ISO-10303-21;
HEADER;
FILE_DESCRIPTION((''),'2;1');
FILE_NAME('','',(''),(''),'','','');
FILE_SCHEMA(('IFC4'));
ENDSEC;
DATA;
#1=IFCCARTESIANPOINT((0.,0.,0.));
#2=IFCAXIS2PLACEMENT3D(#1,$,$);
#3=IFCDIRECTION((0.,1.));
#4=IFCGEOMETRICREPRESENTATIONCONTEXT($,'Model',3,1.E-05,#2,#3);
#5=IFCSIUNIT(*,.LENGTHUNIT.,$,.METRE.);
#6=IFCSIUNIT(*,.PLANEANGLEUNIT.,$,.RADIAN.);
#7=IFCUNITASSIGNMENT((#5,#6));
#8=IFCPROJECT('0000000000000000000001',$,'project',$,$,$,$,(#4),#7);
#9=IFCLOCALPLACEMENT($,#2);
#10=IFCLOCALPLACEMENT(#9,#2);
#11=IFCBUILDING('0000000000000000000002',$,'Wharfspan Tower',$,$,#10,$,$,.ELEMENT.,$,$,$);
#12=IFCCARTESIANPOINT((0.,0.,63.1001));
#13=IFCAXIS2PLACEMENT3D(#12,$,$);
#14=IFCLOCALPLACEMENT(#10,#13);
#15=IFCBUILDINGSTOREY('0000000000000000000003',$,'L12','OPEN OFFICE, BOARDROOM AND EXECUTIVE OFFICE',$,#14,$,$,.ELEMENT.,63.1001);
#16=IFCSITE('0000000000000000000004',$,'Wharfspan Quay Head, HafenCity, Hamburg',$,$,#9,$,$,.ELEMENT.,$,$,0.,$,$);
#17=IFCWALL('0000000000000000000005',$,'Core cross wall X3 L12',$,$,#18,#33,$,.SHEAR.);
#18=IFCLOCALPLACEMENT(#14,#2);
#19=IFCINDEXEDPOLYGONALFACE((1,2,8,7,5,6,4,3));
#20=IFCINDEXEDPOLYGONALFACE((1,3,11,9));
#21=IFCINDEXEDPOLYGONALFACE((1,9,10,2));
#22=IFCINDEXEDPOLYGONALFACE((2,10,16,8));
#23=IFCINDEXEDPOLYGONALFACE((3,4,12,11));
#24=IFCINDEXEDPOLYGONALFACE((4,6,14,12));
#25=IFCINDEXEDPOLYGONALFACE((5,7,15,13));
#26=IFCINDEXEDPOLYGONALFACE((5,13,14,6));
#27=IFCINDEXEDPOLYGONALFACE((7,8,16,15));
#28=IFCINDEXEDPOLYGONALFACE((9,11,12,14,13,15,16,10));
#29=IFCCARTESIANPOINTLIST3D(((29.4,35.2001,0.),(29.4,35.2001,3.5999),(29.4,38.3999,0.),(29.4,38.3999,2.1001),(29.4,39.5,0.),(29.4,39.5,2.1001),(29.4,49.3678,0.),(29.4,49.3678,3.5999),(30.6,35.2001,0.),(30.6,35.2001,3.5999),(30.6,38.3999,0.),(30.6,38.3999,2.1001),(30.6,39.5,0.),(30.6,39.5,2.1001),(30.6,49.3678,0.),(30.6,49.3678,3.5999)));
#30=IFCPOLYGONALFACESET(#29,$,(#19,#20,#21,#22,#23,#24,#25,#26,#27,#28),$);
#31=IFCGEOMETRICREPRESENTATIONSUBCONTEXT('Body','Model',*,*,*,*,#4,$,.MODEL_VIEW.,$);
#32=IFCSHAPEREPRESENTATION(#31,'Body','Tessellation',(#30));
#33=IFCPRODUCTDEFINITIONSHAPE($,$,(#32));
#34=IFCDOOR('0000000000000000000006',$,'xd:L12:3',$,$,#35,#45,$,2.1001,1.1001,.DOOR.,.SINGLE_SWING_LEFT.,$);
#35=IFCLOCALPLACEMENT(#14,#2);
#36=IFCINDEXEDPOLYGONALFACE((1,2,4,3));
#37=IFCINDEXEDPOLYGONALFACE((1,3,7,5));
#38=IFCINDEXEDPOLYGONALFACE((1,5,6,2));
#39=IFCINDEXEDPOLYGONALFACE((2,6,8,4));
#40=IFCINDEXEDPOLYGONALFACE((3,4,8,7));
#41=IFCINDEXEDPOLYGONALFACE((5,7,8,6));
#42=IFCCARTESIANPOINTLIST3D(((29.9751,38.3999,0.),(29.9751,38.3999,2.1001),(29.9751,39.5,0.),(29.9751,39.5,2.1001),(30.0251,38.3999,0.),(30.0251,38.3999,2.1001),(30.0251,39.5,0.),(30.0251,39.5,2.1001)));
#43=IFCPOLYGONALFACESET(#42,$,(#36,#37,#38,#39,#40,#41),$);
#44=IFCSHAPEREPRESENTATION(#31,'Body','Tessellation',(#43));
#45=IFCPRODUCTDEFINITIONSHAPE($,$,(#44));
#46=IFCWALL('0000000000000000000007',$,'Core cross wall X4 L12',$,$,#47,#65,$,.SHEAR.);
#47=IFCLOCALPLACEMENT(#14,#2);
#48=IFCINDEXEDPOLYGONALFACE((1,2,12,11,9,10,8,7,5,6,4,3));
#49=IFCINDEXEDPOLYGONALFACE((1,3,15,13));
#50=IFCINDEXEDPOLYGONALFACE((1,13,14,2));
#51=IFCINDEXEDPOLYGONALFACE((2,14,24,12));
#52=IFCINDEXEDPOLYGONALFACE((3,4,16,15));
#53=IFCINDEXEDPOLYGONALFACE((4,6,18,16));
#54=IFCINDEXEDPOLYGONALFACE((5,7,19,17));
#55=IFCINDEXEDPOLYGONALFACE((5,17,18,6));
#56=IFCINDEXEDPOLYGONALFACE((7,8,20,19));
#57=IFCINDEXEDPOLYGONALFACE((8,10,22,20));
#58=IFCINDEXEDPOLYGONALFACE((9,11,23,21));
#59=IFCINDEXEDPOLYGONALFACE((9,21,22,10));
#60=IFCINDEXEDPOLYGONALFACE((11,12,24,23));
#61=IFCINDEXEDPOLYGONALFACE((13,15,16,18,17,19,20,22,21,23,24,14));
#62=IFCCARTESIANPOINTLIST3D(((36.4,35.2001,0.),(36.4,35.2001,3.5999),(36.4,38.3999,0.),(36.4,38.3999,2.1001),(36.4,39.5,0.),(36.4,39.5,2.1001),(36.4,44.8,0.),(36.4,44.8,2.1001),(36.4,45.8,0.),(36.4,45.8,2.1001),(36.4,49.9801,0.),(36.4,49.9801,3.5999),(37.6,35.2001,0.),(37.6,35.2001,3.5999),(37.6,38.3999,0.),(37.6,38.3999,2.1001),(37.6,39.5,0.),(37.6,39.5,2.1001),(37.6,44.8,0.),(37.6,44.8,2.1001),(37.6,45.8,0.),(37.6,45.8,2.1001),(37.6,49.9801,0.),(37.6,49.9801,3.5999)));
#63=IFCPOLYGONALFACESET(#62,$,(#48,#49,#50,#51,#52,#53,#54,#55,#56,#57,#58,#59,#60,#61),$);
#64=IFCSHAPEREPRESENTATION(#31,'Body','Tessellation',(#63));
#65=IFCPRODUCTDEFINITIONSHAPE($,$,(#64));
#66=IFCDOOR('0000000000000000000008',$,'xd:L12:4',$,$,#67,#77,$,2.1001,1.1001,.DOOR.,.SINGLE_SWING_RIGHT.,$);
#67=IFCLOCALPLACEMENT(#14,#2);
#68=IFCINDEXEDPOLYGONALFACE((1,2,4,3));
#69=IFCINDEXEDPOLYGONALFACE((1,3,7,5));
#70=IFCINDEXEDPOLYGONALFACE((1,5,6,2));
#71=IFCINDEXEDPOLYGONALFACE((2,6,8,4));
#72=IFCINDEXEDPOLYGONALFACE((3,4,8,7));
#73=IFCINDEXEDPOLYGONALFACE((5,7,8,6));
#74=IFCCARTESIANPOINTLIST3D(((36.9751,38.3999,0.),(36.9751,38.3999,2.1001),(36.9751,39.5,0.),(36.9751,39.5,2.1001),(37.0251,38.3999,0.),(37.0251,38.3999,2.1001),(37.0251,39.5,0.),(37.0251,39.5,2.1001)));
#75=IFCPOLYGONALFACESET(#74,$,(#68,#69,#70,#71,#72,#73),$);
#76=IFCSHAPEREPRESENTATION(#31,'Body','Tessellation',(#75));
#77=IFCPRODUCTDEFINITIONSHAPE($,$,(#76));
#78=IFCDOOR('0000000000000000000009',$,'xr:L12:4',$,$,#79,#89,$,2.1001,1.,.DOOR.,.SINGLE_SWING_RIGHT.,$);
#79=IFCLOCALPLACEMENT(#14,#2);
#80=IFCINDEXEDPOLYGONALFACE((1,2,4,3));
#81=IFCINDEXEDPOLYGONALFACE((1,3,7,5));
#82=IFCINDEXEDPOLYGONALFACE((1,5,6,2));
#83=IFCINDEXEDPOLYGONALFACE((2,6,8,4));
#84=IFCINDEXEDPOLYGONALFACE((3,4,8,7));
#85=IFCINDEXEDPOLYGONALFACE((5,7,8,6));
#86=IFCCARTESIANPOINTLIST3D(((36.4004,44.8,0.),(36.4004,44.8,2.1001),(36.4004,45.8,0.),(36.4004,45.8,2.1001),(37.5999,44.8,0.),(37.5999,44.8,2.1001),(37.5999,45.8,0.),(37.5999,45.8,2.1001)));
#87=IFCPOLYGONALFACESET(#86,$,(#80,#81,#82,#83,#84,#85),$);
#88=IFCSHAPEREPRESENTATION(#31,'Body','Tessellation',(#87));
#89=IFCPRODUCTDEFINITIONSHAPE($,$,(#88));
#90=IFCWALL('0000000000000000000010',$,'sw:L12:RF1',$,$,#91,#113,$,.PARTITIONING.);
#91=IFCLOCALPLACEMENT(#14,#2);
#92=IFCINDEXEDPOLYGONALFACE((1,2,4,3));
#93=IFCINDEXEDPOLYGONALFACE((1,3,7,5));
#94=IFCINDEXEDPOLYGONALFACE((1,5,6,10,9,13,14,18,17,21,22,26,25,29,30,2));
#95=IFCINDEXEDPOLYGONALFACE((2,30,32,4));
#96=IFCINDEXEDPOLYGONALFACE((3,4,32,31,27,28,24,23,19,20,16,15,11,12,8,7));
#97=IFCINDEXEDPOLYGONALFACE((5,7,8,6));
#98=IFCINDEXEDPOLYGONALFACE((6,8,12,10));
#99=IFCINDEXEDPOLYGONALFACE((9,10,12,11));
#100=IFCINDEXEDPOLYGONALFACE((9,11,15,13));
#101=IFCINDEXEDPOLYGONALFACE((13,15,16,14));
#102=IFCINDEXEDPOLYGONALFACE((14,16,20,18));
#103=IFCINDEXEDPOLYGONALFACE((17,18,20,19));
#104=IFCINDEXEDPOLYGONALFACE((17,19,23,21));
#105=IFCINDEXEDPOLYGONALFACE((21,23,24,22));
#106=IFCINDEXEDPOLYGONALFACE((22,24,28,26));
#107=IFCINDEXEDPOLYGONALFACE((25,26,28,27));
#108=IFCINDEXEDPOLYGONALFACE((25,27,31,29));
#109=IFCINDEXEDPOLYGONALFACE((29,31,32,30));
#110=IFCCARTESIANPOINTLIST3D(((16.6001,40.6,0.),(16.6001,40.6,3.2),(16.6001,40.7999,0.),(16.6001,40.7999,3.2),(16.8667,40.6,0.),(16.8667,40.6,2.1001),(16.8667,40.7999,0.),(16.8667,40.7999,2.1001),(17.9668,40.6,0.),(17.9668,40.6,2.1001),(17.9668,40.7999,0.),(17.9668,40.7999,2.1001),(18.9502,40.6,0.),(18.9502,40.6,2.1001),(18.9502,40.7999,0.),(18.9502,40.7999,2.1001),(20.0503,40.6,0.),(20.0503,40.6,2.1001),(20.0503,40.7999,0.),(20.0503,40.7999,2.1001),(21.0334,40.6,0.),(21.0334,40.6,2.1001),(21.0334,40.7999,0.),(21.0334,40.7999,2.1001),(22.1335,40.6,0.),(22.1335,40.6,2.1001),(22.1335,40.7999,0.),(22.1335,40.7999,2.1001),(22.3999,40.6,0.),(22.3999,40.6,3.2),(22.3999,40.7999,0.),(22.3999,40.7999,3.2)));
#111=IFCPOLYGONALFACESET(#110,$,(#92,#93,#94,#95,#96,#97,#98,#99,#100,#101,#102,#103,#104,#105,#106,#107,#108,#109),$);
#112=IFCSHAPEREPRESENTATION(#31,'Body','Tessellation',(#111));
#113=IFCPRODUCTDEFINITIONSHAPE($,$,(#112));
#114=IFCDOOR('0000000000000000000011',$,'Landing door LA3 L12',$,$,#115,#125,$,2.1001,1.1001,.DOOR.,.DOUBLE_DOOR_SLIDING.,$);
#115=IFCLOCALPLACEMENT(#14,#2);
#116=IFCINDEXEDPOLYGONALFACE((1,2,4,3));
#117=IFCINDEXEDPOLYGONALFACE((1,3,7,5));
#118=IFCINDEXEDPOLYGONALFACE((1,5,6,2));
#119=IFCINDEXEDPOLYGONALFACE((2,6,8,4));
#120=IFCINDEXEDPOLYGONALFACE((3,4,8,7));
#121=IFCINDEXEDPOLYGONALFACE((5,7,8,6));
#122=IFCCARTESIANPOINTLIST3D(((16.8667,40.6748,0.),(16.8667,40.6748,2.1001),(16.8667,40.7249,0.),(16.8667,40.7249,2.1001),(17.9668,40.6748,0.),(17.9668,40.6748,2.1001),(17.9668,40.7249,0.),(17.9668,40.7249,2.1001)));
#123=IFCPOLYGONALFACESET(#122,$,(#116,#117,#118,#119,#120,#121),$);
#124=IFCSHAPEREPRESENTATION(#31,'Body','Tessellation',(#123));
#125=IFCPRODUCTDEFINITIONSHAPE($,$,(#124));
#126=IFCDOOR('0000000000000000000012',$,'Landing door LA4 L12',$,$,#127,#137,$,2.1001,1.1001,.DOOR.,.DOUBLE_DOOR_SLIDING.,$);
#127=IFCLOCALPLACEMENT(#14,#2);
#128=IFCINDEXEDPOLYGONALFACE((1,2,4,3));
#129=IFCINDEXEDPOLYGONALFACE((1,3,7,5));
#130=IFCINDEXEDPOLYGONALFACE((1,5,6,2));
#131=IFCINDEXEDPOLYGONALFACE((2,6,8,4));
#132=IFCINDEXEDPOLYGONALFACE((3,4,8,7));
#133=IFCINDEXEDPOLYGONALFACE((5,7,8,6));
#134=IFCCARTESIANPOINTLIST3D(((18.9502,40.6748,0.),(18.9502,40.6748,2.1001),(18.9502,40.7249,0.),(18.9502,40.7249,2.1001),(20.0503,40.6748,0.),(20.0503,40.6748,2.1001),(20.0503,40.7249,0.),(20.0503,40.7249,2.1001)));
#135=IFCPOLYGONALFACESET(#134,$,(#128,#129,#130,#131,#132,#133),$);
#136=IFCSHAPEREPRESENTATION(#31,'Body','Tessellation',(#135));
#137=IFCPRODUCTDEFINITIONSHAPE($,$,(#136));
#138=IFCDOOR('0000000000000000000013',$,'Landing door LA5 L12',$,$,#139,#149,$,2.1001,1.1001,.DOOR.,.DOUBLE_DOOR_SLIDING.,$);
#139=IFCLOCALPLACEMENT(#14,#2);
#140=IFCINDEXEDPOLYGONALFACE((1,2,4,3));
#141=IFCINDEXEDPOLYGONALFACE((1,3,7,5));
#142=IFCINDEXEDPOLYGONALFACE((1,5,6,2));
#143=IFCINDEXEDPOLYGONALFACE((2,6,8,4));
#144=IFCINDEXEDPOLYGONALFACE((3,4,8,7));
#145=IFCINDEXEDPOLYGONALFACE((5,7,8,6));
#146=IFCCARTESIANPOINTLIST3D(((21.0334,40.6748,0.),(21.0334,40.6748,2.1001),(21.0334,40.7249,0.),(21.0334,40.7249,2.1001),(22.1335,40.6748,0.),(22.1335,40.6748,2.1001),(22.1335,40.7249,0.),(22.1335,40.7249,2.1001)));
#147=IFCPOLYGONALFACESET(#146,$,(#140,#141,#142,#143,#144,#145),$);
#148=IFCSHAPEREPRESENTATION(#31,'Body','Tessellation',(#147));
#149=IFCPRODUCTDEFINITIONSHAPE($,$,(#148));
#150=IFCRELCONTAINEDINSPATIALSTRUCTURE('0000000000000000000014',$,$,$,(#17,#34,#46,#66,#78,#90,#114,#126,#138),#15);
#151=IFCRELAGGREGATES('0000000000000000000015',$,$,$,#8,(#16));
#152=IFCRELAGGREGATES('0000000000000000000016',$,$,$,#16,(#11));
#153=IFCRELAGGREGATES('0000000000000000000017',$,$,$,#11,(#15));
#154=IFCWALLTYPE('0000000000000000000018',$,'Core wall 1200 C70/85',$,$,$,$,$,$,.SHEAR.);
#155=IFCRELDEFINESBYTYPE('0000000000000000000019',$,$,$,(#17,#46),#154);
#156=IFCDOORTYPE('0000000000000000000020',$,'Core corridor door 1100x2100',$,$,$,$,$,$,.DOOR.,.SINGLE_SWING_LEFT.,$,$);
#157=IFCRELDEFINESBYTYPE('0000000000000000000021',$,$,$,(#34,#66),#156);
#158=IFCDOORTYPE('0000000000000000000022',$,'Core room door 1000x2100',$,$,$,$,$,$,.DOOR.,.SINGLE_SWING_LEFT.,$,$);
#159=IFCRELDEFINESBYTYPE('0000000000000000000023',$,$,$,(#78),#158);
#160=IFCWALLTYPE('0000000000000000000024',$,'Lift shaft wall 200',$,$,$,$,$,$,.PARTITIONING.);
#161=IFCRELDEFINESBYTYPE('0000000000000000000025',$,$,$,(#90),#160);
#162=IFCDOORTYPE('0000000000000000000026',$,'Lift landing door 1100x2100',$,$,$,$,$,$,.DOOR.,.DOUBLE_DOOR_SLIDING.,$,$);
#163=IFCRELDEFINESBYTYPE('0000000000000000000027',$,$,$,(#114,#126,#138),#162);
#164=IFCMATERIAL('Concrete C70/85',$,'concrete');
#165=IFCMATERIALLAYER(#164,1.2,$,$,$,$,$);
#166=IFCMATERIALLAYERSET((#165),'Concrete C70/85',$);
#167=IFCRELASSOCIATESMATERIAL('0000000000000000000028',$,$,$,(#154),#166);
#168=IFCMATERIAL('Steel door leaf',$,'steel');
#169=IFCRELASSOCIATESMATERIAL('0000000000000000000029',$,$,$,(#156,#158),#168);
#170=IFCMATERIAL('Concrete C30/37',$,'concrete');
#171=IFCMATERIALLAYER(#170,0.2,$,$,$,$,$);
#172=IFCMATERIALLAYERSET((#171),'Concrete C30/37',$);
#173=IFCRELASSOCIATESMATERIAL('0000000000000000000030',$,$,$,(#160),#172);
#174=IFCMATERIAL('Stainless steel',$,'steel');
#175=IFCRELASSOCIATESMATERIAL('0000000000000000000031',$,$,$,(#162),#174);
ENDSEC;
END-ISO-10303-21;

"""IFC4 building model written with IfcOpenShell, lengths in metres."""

from ifc_helpers import new_model, si_unit, direction, frame, frame_2d, origin, place, context, subcontext, project, spatial, rectangle, extrude, material, layer, layer_set, type_object, element, fill, save


model = new_model("IFC4")

# Units and contexts
model_context = context("Model", 3, precision=1e-05, world=origin(), true_north=direction((0.0, 1.0)))
body_context = subcontext(model_context, "Body", "Model", "MODEL_VIEW")
ifc_project = project(units=[si_unit("LENGTHUNIT", "METRE"), si_unit("PLANEANGLEUNIT", "RADIAN")], contexts=[model_context])

# Site, building, storey
site_placement = place(None, origin())
site = spatial("IfcSite", under=ifc_project, at=site_placement, Name="Wharfspan Quay Head, HafenCity, Hamburg", CompositionType="ELEMENT", RefElevation=0.0)
building_placement = place(site_placement, origin())
building = spatial("IfcBuilding", under=site, at=building_placement, Name="Wharfspan Tower", CompositionType="ELEMENT")
storey_placement = place(building_placement, frame((0.0, 0.0, 63.1001)))
storey = spatial("IfcBuildingStorey", under=building, at=storey_placement, Name="L12", Description="OPEN OFFICE, BOARDROOM AND EXECUTIVE OFFICE", CompositionType="ELEMENT", Elevation=63.1001)

# Shared definitions
ifc_material_1 = material(Name="Concrete C70/85", Category="concrete")
ifc_layer_1 = layer(ifc_material_1, 1.2)
ifc_layer_set_1 = layer_set([ifc_layer_1], Name="Concrete C70/85")
wall_type_1 = type_object("IfcWallType", Name="Core wall 1200 C70/85", PredefinedType="SHEAR", material=ifc_layer_set_1)
ifc_material_2 = material(Name="Steel door leaf", Category="steel")
door_type_1 = type_object("IfcDoorType", Name="Core corridor door 1100x2100", OperationType="SINGLE_SWING_LEFT", PredefinedType="DOOR", material=ifc_material_2)
door_type_2 = type_object("IfcDoorType", Name="Core room door 1000x2100", OperationType="SINGLE_SWING_LEFT", PredefinedType="DOOR", material=ifc_material_2)

# Wall, opening, door
wall_1_placement = place(storey_placement, frame((30.0, 35.2, 0.0), z_axis=(0.0, 0.0, 1.0), x_axis=(0.0, 1.0, 0.0)))
wall_1 = element("IfcWall", 1, at=wall_1_placement, inside=storey, type_object=wall_type_1, Name="Core cross wall X3 L12", PredefinedType="SHEAR", context=body_context, shape_type="SweptSolid", body=[
    extrude(rectangle(XDim=14.1677, YDim=1.2, at=frame_2d((7.084, 0.0))), origin(), (0.0, 0.0, 1.0), 3.5999),
])
opening_1_placement = place(wall_1_placement, frame((3.2, 0.0, 0.0)))
opening_1 = element("IfcOpeningElement", 2, at=opening_1_placement, cuts=wall_1, PredefinedType="OPENING", context=body_context, shape_type="SweptSolid", body=[
    extrude(rectangle(XDim=1.1001, YDim=2.1001, at=frame_2d((0.55, 1.05))), frame((0.0, 0.6099, 0.0), z_axis=(0.0, -1.0, 0.0), x_axis=(1.0, 0.0, 0.0)), (0.0, 0.0, 1.0), 1.22),
])
door_1_placement = place(opening_1_placement, origin())
door_1 = element("IfcDoor", 3, at=door_1_placement, inside=storey, type_object=door_type_1, Name="xd:L12:3", OperationType="SINGLE_SWING_LEFT", OverallHeight=2.1001, OverallWidth=1.1001, PredefinedType="DOOR", context=body_context, shape_type="SweptSolid", body=[
    extrude(rectangle(XDim=1.1001, YDim=2.1001, at=frame_2d((0.55, 1.05))), frame((0.0, 0.0249, 0.0), z_axis=(0.0, -1.0, 0.0), x_axis=(1.0, 0.0, 0.0)), (0.0, 0.0, 1.0), 0.05),
])
fill(opening_1, door_1)

# Walls, openings, doors
wall_2_placement = place(storey_placement, frame((37.0, 35.2, 0.0), z_axis=(0.0, 0.0, 1.0), x_axis=(0.0, 1.0, 0.0)))
wall_2 = element("IfcWall", 4, at=wall_2_placement, inside=storey, type_object=wall_type_1, Name="Core cross wall X4 L12", PredefinedType="SHEAR", context=body_context, shape_type="SweptSolid", body=[
    extrude(rectangle(XDim=14.78, YDim=1.2, at=frame_2d((7.3901, 0.0))), origin(), (0.0, 0.0, 1.0), 3.5999),
])
opening_2_placement = place(wall_2_placement, frame((3.2, 0.0, 0.0)))
opening_2 = element("IfcOpeningElement", 5, at=opening_2_placement, cuts=wall_2, PredefinedType="OPENING", context=body_context, shape_type="SweptSolid", body=[
    extrude(rectangle(XDim=1.1001, YDim=2.1001, at=frame_2d((0.55, 1.05))), frame((0.0, 0.6099, 0.0), z_axis=(0.0, -1.0, 0.0), x_axis=(1.0, 0.0, 0.0)), (0.0, 0.0, 1.0), 1.22),
])
opening_3_placement = place(wall_2_placement, frame((9.6001, 0.0, 0.0)))
opening_3 = element("IfcOpeningElement", 6, at=opening_3_placement, cuts=wall_2, PredefinedType="OPENING", context=body_context, shape_type="SweptSolid", body=[
    extrude(rectangle(XDim=1.0, YDim=2.1001, at=frame_2d((0.5, 1.05))), frame((0.0, 0.6099, 0.0), z_axis=(0.0, -1.0, 0.0), x_axis=(1.0, 0.0, 0.0)), (0.0, 0.0, 1.0), 1.22),
])
door_2_placement = place(opening_2_placement, origin())
door_2 = element("IfcDoor", 7, at=door_2_placement, inside=storey, type_object=door_type_1, Name="xd:L12:4", OperationType="SINGLE_SWING_RIGHT", OverallHeight=2.1001, OverallWidth=1.1001, PredefinedType="DOOR", context=body_context, shape_type="SweptSolid", body=[
    extrude(rectangle(XDim=1.1001, YDim=2.1001, at=frame_2d((0.55, 1.05))), frame((0.0, 0.0249, 0.0), z_axis=(0.0, -1.0, 0.0), x_axis=(1.0, 0.0, 0.0)), (0.0, 0.0, 1.0), 0.05),
])
fill(opening_2, door_2)
door_3_placement = place(opening_3_placement, origin())
door_3 = element("IfcDoor", 8, at=door_3_placement, inside=storey, type_object=door_type_2, Name="xr:L12:4", OperationType="SINGLE_SWING_RIGHT", OverallHeight=2.1001, OverallWidth=1.0, PredefinedType="DOOR", context=body_context, shape_type="SweptSolid", body=[
    extrude(rectangle(XDim=1.0, YDim=2.1001, at=frame_2d((0.5, 1.05))), frame((0.0, 0.5996, 0.0), z_axis=(0.0, -1.0, 0.0), x_axis=(1.0, 0.0, 0.0)), (0.0, 0.0, 1.0), 1.1995),
])
fill(opening_3, door_3)
ifc_material_3 = material(Name="Concrete C30/37", Category="concrete")
ifc_layer_2 = layer(ifc_material_3, 0.2)
ifc_layer_set_2 = layer_set([ifc_layer_2], Name="Concrete C30/37")
wall_type_2 = type_object("IfcWallType", Name="Lift shaft wall 200", PredefinedType="PARTITIONING", material=ifc_layer_set_2)
wall_3_placement = place(storey_placement, frame((16.6001, 40.7, 0.0), z_axis=(0.0, 0.0, 1.0), x_axis=(1.0, 0.0, 0.0)))
wall_3 = element("IfcWall", 9, at=wall_3_placement, inside=storey, type_object=wall_type_2, Name="sw:L12:RF1", PredefinedType="PARTITIONING", context=body_context, shape_type="SweptSolid", body=[
    extrude(rectangle(XDim=5.7998, YDim=0.2, at=frame_2d((2.8999, 0.0))), origin(), (0.0, 0.0, 1.0), 3.2),
])
opening_4_placement = place(wall_3_placement, frame((0.2666, 0.0, 0.0)))
opening_4 = element("IfcOpeningElement", 10, at=opening_4_placement, cuts=wall_3, PredefinedType="OPENING", context=body_context, shape_type="SweptSolid", body=[
    extrude(rectangle(XDim=1.1001, YDim=2.1001, at=frame_2d((0.55, 1.05))), frame((0.0, 0.1099, 0.0), z_axis=(0.0, -1.0, 0.0), x_axis=(1.0, 0.0, 0.0)), (0.0, 0.0, 1.0), 0.22),
])
opening_5_placement = place(wall_3_placement, frame((2.3501, 0.0, 0.0)))
opening_5 = element("IfcOpeningElement", 11, at=opening_5_placement, cuts=wall_3, PredefinedType="OPENING", context=body_context, shape_type="SweptSolid", body=[
    extrude(rectangle(XDim=1.1001, YDim=2.1001, at=frame_2d((0.55, 1.05))), frame((0.0, 0.1099, 0.0), z_axis=(0.0, -1.0, 0.0), x_axis=(1.0, 0.0, 0.0)), (0.0, 0.0, 1.0), 0.22),
])
opening_6_placement = place(wall_3_placement, frame((4.4333, 0.0, 0.0)))
opening_6 = element("IfcOpeningElement", 12, at=opening_6_placement, cuts=wall_3, PredefinedType="OPENING", context=body_context, shape_type="SweptSolid", body=[
    extrude(rectangle(XDim=1.1001, YDim=2.1001, at=frame_2d((0.55, 1.05))), frame((0.0, 0.1099, 0.0), z_axis=(0.0, -1.0, 0.0), x_axis=(1.0, 0.0, 0.0)), (0.0, 0.0, 1.0), 0.22),
])
ifc_material_4 = material(Name="Stainless steel", Category="steel")
door_type_3 = type_object("IfcDoorType", Name="Lift landing door 1100x2100", OperationType="DOUBLE_DOOR_SLIDING", PredefinedType="DOOR", material=ifc_material_4)
door_4_placement = place(opening_4_placement, origin())
door_4 = element("IfcDoor", 13, at=door_4_placement, inside=storey, type_object=door_type_3, Name="Landing door LA3 L12", OperationType="DOUBLE_DOOR_SLIDING", OverallHeight=2.1001, OverallWidth=1.1001, PredefinedType="DOOR", context=body_context, shape_type="SweptSolid", body=[
    extrude(rectangle(XDim=1.1001, YDim=2.1001, at=frame_2d((0.55, 1.05))), frame((0.0, 0.0249, 0.0), z_axis=(0.0, -1.0, 0.0), x_axis=(1.0, 0.0, 0.0)), (0.0, 0.0, 1.0), 0.05),
])
fill(opening_4, door_4)
door_5_placement = place(opening_5_placement, origin())
door_5 = element("IfcDoor", 14, at=door_5_placement, inside=storey, type_object=door_type_3, Name="Landing door LA4 L12", OperationType="DOUBLE_DOOR_SLIDING", OverallHeight=2.1001, OverallWidth=1.1001, PredefinedType="DOOR", context=body_context, shape_type="SweptSolid", body=[
    extrude(rectangle(XDim=1.1001, YDim=2.1001, at=frame_2d((0.55, 1.05))), frame((0.0, 0.0249, 0.0), z_axis=(0.0, -1.0, 0.0), x_axis=(1.0, 0.0, 0.0)), (0.0, 0.0, 1.0), 0.05),
])
fill(opening_5, door_5)
door_6_placement = place(opening_6_placement, origin())
door_6 = element("IfcDoor", 15, at=door_6_placement, inside=storey, type_object=door_type_3, Name="Landing door LA5 L12", OperationType="DOUBLE_DOOR_SLIDING", OverallHeight=2.1001, OverallWidth=1.1001, PredefinedType="DOOR", context=body_context, shape_type="SweptSolid", body=[
    extrude(rectangle(XDim=1.1001, YDim=2.1001, at=frame_2d((0.55, 1.05))), frame((0.0, 0.0249, 0.0), z_axis=(0.0, -1.0, 0.0), x_axis=(1.0, 0.0, 0.0)), (0.0, 0.0, 1.0), 0.05),
])
fill(opening_6, door_6)

save(model, "model.ifc")
